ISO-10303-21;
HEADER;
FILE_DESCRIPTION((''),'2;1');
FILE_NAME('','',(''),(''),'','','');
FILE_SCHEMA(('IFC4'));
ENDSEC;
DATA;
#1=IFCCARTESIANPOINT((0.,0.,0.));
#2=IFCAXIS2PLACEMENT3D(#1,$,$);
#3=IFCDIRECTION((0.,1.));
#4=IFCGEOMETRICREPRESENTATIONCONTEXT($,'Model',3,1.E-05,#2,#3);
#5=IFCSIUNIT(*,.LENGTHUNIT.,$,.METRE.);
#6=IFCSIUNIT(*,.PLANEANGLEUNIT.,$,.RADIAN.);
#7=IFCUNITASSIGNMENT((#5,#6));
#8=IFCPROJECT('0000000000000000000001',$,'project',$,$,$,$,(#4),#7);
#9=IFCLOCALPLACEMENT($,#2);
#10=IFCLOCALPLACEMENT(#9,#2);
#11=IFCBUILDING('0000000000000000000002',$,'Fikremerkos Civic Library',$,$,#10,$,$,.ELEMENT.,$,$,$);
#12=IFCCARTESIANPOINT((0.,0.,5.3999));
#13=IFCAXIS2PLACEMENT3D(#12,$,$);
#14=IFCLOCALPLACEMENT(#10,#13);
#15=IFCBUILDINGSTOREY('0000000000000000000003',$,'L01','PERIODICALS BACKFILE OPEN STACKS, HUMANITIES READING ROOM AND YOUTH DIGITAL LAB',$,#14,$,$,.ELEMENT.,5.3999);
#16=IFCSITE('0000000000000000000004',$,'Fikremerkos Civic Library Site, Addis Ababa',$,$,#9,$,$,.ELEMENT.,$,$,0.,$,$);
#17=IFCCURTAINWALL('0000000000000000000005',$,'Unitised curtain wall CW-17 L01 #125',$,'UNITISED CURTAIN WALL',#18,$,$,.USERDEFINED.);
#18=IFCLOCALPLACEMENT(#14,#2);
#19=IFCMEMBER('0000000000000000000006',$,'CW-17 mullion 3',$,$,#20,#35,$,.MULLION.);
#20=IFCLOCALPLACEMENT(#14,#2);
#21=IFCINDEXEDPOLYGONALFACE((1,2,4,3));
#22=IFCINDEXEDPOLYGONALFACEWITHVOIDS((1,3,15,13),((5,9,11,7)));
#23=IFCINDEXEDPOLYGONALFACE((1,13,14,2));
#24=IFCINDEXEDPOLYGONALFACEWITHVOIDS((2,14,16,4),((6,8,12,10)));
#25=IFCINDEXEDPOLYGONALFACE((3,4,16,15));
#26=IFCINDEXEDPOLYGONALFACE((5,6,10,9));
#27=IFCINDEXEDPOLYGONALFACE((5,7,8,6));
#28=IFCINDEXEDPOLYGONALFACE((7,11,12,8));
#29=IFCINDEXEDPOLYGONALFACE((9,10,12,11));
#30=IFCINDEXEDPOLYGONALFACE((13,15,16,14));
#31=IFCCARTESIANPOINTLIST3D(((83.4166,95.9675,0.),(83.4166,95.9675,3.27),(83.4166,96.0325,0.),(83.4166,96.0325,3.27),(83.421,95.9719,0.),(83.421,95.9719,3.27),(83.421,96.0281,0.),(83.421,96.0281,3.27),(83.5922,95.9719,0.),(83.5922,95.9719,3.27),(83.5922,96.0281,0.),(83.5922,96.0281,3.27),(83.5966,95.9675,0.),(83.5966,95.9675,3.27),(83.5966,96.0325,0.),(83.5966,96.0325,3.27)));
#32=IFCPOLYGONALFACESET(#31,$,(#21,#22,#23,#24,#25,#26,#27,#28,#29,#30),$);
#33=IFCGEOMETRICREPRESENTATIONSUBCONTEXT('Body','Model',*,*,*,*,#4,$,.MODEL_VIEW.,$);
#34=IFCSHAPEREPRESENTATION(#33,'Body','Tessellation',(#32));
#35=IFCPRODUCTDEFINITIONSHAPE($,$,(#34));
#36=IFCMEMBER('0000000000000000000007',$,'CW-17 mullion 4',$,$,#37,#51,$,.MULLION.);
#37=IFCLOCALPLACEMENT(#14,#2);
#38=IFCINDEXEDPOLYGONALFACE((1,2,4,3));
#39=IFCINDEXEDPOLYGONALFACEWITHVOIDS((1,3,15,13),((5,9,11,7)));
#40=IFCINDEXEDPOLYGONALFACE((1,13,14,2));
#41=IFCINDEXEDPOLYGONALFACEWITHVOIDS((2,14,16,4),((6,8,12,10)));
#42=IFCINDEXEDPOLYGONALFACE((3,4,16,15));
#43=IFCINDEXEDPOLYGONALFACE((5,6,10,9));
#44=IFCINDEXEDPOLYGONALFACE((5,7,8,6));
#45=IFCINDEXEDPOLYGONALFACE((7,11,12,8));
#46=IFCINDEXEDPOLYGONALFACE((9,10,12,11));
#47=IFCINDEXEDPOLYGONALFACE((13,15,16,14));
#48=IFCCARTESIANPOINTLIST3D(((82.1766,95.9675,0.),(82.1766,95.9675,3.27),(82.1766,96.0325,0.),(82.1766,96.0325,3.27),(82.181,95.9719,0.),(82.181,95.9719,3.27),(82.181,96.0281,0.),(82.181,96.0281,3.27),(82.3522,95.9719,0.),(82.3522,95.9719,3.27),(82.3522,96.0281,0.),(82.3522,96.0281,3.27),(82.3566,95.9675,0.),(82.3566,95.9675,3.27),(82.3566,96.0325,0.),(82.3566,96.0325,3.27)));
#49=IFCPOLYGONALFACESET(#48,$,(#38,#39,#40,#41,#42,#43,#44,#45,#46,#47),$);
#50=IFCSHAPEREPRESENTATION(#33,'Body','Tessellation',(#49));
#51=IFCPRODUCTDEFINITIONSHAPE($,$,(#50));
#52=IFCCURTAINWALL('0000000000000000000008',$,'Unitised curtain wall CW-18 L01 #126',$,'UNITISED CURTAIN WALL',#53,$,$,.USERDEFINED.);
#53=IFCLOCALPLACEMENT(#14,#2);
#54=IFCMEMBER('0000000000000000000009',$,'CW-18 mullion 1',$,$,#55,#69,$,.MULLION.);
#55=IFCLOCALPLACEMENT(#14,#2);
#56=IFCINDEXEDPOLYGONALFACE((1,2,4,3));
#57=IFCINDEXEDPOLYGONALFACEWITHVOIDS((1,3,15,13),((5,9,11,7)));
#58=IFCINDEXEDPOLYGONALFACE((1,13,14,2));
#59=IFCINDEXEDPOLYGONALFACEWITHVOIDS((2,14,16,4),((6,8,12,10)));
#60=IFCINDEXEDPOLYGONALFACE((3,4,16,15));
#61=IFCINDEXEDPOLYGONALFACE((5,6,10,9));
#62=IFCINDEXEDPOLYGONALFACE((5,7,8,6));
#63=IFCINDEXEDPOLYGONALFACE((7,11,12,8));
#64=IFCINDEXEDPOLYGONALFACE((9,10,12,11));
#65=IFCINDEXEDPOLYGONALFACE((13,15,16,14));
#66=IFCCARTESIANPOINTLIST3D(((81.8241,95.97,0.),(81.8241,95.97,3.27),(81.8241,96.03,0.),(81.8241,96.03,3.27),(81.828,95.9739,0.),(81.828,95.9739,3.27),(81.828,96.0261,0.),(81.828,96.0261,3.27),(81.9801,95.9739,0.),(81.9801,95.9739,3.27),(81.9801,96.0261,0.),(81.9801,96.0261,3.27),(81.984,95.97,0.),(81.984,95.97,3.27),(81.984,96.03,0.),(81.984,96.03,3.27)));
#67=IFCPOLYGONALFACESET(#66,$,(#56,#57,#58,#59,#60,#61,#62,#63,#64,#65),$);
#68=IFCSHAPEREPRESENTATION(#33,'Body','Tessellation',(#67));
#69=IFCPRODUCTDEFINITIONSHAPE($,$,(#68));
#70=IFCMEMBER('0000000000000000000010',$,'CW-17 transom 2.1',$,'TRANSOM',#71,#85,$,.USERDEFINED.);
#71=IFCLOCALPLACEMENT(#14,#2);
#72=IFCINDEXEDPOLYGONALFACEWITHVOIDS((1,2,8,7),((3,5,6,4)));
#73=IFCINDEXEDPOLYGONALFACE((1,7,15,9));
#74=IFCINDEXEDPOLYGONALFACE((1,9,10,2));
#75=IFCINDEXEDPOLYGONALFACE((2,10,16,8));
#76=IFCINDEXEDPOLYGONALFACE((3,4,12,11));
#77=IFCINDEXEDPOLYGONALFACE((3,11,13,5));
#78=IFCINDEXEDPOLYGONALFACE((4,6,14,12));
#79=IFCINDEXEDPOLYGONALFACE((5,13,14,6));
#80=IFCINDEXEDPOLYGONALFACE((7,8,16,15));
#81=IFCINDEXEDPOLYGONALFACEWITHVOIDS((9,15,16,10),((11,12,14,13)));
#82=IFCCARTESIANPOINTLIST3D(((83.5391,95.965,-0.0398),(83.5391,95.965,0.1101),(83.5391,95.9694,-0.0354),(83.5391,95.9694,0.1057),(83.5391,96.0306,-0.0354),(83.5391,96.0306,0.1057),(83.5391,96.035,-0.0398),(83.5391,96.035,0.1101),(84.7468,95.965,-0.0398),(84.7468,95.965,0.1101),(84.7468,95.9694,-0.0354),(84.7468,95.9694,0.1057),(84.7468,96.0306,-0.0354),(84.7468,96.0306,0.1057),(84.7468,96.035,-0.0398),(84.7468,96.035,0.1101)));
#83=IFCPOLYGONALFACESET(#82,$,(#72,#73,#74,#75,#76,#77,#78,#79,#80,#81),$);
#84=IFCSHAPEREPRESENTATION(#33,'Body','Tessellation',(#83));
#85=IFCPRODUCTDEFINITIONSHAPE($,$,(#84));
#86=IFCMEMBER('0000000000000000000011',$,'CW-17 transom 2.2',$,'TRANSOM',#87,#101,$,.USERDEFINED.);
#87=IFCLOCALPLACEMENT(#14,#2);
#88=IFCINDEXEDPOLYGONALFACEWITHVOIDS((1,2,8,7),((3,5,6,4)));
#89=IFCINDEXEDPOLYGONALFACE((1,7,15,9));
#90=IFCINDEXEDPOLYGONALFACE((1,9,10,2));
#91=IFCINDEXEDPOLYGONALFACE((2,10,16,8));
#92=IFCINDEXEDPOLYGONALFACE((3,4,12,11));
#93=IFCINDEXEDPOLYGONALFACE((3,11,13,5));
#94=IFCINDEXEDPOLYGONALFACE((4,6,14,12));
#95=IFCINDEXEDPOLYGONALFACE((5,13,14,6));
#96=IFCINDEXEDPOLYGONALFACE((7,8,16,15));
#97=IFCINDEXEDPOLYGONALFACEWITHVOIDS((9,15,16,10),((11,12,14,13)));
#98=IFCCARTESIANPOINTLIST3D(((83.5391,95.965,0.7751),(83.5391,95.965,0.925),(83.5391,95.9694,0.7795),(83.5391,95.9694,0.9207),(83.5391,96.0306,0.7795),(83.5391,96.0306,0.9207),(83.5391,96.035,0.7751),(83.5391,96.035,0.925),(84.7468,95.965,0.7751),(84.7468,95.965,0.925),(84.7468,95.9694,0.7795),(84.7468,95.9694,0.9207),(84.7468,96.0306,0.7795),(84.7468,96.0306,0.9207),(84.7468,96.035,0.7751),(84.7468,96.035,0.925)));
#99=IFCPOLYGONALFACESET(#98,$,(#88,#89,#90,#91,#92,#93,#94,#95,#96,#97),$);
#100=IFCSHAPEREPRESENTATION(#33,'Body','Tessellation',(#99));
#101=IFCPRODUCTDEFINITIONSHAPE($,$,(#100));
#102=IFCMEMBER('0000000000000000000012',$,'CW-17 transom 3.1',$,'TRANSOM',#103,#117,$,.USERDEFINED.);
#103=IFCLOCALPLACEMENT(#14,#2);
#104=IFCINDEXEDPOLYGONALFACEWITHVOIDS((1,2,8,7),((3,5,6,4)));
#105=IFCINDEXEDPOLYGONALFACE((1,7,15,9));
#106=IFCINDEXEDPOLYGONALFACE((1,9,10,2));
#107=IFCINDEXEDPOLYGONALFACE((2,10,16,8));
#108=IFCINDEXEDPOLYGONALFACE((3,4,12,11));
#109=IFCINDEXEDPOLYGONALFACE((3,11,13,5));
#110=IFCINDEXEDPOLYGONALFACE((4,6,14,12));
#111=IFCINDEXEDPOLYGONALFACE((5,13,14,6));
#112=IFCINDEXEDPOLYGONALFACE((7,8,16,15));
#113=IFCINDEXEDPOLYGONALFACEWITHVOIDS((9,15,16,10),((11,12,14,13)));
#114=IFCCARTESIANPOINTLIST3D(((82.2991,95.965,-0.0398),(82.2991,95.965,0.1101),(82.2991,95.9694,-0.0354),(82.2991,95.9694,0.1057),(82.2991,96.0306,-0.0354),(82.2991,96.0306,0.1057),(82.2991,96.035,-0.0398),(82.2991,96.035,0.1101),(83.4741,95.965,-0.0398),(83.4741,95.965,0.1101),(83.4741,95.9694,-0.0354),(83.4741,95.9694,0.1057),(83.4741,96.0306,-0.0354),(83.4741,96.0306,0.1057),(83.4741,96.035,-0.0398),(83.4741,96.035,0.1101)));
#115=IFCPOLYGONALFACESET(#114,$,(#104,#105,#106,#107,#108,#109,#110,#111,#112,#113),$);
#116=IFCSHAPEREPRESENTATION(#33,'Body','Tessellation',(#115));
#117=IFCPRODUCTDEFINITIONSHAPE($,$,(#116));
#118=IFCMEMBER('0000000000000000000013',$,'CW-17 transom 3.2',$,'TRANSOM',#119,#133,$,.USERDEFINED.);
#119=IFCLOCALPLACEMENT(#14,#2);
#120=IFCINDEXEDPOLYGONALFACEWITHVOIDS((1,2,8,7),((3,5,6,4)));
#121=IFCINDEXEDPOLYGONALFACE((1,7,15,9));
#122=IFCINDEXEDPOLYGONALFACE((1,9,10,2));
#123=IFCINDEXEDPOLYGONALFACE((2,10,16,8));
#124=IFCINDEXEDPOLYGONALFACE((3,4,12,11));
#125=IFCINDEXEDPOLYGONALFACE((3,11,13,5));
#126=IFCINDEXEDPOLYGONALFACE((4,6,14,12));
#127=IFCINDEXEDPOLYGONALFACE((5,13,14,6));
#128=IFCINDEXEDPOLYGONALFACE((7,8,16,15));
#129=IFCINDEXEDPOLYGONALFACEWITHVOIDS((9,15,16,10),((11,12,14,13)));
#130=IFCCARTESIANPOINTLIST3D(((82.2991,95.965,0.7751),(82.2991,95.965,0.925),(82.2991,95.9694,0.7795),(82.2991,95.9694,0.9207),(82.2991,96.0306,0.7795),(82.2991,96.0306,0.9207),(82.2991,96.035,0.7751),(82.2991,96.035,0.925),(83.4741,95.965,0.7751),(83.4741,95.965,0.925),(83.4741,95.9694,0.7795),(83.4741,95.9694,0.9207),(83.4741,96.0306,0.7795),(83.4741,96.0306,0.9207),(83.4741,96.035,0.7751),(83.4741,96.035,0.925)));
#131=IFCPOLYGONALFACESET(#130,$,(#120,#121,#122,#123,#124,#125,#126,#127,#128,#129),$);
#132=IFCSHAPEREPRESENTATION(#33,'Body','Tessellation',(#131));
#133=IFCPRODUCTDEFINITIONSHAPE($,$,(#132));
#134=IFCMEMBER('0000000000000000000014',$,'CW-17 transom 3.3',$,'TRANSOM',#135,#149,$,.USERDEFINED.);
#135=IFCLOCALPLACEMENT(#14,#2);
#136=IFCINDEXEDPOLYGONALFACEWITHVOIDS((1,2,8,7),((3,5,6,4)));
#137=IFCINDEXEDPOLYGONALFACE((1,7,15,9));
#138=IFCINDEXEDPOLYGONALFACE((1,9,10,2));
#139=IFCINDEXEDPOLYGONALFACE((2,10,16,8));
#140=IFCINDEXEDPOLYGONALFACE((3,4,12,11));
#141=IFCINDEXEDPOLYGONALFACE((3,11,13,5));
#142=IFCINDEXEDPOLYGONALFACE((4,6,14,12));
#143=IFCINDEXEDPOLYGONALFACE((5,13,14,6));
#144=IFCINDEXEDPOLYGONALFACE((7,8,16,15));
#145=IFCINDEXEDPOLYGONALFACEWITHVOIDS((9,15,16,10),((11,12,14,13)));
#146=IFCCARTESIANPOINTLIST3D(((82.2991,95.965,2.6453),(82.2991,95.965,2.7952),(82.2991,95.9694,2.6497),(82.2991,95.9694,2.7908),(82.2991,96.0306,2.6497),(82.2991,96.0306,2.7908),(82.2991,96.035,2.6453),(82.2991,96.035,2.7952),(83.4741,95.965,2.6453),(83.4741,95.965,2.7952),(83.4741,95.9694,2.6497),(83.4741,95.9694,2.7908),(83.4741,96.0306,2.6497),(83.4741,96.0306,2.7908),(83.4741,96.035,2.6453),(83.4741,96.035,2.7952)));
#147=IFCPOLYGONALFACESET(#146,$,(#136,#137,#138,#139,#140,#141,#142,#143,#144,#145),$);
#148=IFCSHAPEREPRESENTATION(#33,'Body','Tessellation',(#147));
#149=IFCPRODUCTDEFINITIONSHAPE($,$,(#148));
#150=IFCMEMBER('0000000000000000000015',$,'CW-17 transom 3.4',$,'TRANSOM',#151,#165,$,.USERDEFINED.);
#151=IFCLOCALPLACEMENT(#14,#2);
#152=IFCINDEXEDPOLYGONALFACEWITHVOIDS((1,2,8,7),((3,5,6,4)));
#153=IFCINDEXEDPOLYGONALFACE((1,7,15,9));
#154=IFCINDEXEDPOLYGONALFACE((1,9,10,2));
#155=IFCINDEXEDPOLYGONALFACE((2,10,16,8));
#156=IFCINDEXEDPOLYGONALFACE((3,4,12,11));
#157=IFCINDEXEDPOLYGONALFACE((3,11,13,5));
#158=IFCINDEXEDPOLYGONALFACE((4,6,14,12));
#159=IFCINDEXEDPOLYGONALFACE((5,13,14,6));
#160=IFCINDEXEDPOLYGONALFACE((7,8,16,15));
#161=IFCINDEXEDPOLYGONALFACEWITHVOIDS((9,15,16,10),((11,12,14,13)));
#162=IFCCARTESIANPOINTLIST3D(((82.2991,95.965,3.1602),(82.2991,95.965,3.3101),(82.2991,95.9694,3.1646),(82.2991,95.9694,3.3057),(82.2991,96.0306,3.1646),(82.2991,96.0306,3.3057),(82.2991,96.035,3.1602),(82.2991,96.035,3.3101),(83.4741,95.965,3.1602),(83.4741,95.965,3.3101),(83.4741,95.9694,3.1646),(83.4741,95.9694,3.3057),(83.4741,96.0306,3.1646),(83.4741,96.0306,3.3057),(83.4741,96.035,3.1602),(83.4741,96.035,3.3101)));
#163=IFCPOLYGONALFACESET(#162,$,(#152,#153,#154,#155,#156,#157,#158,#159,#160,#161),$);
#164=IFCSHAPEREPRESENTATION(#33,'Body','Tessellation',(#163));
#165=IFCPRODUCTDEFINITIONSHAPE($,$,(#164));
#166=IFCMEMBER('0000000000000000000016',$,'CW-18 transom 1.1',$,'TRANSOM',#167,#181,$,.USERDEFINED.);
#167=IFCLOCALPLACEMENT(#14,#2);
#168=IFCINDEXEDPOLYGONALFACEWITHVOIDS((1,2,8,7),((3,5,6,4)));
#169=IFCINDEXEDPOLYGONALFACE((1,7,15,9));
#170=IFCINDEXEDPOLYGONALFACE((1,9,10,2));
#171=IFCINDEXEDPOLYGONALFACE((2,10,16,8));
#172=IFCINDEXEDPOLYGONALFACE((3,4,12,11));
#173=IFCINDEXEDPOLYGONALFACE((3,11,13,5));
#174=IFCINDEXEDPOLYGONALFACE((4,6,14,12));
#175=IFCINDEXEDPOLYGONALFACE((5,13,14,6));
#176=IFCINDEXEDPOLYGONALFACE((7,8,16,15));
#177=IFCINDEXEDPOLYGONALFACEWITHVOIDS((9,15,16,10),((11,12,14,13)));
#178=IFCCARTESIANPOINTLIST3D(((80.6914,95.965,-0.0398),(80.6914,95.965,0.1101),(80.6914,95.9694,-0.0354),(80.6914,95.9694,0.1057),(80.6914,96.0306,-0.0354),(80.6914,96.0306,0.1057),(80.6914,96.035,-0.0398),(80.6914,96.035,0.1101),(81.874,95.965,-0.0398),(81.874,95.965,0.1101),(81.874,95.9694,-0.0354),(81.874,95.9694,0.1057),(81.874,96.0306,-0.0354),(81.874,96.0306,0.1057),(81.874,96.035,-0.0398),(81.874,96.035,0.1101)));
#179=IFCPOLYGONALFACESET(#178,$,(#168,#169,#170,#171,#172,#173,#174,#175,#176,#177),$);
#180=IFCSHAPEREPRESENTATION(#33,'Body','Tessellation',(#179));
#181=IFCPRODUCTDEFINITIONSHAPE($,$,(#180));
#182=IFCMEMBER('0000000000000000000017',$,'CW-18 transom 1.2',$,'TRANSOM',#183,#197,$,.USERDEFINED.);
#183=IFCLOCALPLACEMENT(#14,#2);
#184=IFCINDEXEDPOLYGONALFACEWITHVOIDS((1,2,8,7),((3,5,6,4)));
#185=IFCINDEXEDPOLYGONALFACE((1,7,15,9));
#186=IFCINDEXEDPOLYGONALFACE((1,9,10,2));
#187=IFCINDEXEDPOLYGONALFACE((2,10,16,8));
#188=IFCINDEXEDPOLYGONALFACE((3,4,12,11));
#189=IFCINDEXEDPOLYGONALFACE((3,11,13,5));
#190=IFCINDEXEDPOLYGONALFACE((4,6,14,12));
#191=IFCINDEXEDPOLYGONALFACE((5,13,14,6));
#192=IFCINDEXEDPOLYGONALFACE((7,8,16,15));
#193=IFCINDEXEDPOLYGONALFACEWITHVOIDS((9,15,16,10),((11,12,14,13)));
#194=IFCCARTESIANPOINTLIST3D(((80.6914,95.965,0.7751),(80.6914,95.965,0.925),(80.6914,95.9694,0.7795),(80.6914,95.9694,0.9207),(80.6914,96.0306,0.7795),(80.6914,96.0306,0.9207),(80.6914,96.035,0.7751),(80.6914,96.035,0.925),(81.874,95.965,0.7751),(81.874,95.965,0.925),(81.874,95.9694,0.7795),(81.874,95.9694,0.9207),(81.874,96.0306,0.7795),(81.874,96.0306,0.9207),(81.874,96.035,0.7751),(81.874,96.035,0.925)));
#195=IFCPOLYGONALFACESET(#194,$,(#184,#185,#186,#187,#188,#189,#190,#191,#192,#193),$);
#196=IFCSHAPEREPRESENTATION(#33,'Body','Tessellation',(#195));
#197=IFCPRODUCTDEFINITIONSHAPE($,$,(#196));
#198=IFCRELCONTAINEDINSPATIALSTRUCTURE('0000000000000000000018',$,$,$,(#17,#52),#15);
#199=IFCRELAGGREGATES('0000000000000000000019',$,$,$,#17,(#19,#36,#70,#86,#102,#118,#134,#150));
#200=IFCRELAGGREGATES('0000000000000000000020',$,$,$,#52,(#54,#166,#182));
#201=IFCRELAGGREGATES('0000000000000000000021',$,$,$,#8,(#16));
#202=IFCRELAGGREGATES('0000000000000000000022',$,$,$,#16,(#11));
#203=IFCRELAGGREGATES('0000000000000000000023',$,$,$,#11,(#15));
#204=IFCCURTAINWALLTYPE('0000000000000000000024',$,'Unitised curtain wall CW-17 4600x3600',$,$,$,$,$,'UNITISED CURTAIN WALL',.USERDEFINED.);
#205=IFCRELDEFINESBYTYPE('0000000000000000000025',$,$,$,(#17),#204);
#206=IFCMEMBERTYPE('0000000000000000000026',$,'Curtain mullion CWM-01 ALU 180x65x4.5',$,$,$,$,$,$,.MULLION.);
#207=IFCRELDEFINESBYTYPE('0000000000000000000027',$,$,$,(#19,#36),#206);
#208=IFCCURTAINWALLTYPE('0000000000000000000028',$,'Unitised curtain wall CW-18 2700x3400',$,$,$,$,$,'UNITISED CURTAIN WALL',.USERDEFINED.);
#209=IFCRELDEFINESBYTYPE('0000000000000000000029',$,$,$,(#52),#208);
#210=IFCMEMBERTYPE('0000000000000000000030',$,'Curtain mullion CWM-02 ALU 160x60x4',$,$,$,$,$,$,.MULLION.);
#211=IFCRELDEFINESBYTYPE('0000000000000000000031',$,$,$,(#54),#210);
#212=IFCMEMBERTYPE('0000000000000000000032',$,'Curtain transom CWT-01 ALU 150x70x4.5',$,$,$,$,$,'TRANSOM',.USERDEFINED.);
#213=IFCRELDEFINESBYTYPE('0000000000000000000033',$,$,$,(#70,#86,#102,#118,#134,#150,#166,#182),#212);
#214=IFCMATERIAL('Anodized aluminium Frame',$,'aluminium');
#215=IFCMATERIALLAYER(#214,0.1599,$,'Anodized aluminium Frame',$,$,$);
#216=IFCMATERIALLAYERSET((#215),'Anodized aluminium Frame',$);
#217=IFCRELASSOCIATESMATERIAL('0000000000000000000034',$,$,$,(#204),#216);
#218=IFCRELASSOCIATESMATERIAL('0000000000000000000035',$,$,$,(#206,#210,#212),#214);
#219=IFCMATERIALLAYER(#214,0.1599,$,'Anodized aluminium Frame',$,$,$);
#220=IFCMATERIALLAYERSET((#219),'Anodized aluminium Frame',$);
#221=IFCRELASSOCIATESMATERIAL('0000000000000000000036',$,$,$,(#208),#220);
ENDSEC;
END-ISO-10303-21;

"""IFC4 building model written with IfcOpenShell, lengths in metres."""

from ifc_helpers import new_model, si_unit, direction, frame, origin, origin_2d, place, context, subcontext, project, spatial, hollow_rectangle, extrude, material, layer, layer_set, material_profile, profile_set, type_object, element, aggregate, save


model = new_model("IFC4")

# Units and contexts
model_context = context("Model", 3, precision=1e-05, world=origin(), true_north=direction((0.0, 1.0)))
body_context = subcontext(model_context, "Body", "Model", "MODEL_VIEW")
ifc_project = project(units=[si_unit("LENGTHUNIT", "METRE"), si_unit("PLANEANGLEUNIT", "RADIAN")], contexts=[model_context])

# Site, building, storey
site_placement = place(None, origin())
site = spatial("IfcSite", under=ifc_project, at=site_placement, Name="Fikremerkos Civic Library Site, Addis Ababa", CompositionType="ELEMENT", RefElevation=0.0)
building_placement = place(site_placement, origin())
building = spatial("IfcBuilding", under=site, at=building_placement, Name="Fikremerkos Civic Library", CompositionType="ELEMENT")
storey_placement = place(building_placement, frame((0.0, 0.0, 5.3999)))
storey = spatial("IfcBuildingStorey", under=building, at=storey_placement, Name="L01", Description="PERIODICALS BACKFILE OPEN STACKS, HUMANITIES READING ROOM AND YOUTH DIGITAL LAB", CompositionType="ELEMENT", Elevation=5.3999)

# Curtain wall, members
ifc_material_1 = material(Name="Anodized aluminium Frame", Category="aluminium")
ifc_layer_1 = layer(ifc_material_1, 0.1599, Name="Anodized aluminium Frame")
ifc_layer_set_1 = layer_set([ifc_layer_1], Name="Anodized aluminium Frame")
curtain_wall_type_1 = type_object("IfcCurtainWallType", Name="Unitised curtain wall CW-17 4600x3600", ElementType="UNITISED CURTAIN WALL", PredefinedType="USERDEFINED", material=ifc_layer_set_1)
curtain_wall_1_placement = place(storey_placement, origin())
curtain_wall_1 = element("IfcCurtainWall", 1, at=curtain_wall_1_placement, inside=storey, type_object=curtain_wall_type_1, Name="Unitised curtain wall CW-17 L01 #125", ObjectType="UNITISED CURTAIN WALL", PredefinedType="USERDEFINED")
ifc_material_profile_1 = material_profile(ifc_material_1, hollow_rectangle(XDim=0.0649, YDim=0.1799, WallThickness=0.0044, at=origin_2d()), Name="ALU 180x65x4.5")
ifc_profile_set_1 = profile_set([ifc_material_profile_1], Name="Anodized aluminium Frame")
member_type_1 = type_object("IfcMemberType", Name="Curtain mullion CWM-01 ALU 180x65x4.5", PredefinedType="MULLION", material=ifc_profile_set_1)
member_1_placement = place(storey_placement, frame((83.5066, 96.0, 0.0), z_axis=(0.0, 0.0, 1.0), x_axis=(0.0, -1.0, 0.0)))
member_1 = element("IfcMember", 2, at=member_1_placement, type_object=member_type_1, Name="CW-17 mullion 3", PredefinedType="MULLION", context=body_context, shape_type="SweptSolid", body=[
    extrude(hollow_rectangle(XDim=0.0649, YDim=0.1799, WallThickness=0.0044, at=origin_2d()), origin(), (0.0, 0.0, 1.0), 3.27),
])
member_2_placement = place(storey_placement, frame((82.2666, 96.0, 0.0), z_axis=(0.0, 0.0, 1.0), x_axis=(0.0, -1.0, 0.0)))
member_2 = element("IfcMember", 3, at=member_2_placement, type_object=member_type_1, Name="CW-17 mullion 4", PredefinedType="MULLION", context=body_context, shape_type="SweptSolid", body=[
    extrude(hollow_rectangle(XDim=0.0649, YDim=0.1799, WallThickness=0.0044, at=origin_2d()), origin(), (0.0, 0.0, 1.0), 3.27),
])

# Curtain wall, member
ifc_layer_2 = layer(ifc_material_1, 0.1599, Name="Anodized aluminium Frame")
ifc_layer_set_2 = layer_set([ifc_layer_2], Name="Anodized aluminium Frame")
curtain_wall_type_2 = type_object("IfcCurtainWallType", Name="Unitised curtain wall CW-18 2700x3400", ElementType="UNITISED CURTAIN WALL", PredefinedType="USERDEFINED", material=ifc_layer_set_2)
curtain_wall_2_placement = place(storey_placement, origin())
curtain_wall_2 = element("IfcCurtainWall", 4, at=curtain_wall_2_placement, inside=storey, type_object=curtain_wall_type_2, Name="Unitised curtain wall CW-18 L01 #126", ObjectType="UNITISED CURTAIN WALL", PredefinedType="USERDEFINED")
ifc_material_profile_2 = material_profile(ifc_material_1, hollow_rectangle(XDim=0.0601, YDim=0.1599, WallThickness=0.0039, at=origin_2d()), Name="ALU 160x60x4")
ifc_profile_set_2 = profile_set([ifc_material_profile_2], Name="Anodized aluminium Frame")
member_type_2 = type_object("IfcMemberType", Name="Curtain mullion CWM-02 ALU 160x60x4", PredefinedType="MULLION", material=ifc_profile_set_2)
member_3_placement = place(storey_placement, frame((81.9041, 96.0, 0.0), z_axis=(0.0, 0.0, 1.0), x_axis=(0.0, -1.0, 0.0)))
member_3 = element("IfcMember", 5, at=member_3_placement, type_object=member_type_2, Name="CW-18 mullion 1", PredefinedType="MULLION", context=body_context, shape_type="SweptSolid", body=[
    extrude(hollow_rectangle(XDim=0.0601, YDim=0.1599, WallThickness=0.0039, at=origin_2d()), origin(), (0.0, 0.0, 1.0), 3.27),
])

# Members
ifc_material_profile_3 = material_profile(ifc_material_1, hollow_rectangle(XDim=0.0701, YDim=0.1499, WallThickness=0.0044, at=origin_2d()), Name="ALU 150x70x4.5")
ifc_profile_set_3 = profile_set([ifc_material_profile_3], Name="Anodized aluminium Frame")
member_type_3 = type_object("IfcMemberType", Name="Curtain transom CWT-01 ALU 150x70x4.5", ElementType="TRANSOM", PredefinedType="USERDEFINED", material=ifc_profile_set_3)
member_4_placement = place(storey_placement, frame((84.7468, 96.0, 0.0352), z_axis=(-1.0, 0.0, 0.0), x_axis=(0.0, -1.0, 0.0)))
member_4 = element("IfcMember", 6, at=member_4_placement, type_object=member_type_3, Name="CW-17 transom 2.1", ObjectType="TRANSOM", PredefinedType="USERDEFINED", context=body_context, shape_type="SweptSolid", body=[
    extrude(hollow_rectangle(XDim=0.0701, YDim=0.1499, WallThickness=0.0044, at=origin_2d()), origin(), (0.0, 0.0, 1.0), 1.2078),
])
member_5_placement = place(storey_placement, frame((84.7468, 96.0, 0.8501), z_axis=(-1.0, 0.0, 0.0), x_axis=(0.0, -1.0, 0.0)))
member_5 = element("IfcMember", 7, at=member_5_placement, type_object=member_type_3, Name="CW-17 transom 2.2", ObjectType="TRANSOM", PredefinedType="USERDEFINED", context=body_context, shape_type="SweptSolid", body=[
    extrude(hollow_rectangle(XDim=0.0701, YDim=0.1499, WallThickness=0.0044, at=origin_2d()), origin(), (0.0, 0.0, 1.0), 1.2078),
])
member_6_placement = place(storey_placement, frame((83.4741, 96.0, 0.0352), z_axis=(-1.0, 0.0, 0.0), x_axis=(0.0, -1.0, 0.0)))
member_6 = element("IfcMember", 8, at=member_6_placement, type_object=member_type_3, Name="CW-17 transom 3.1", ObjectType="TRANSOM", PredefinedType="USERDEFINED", context=body_context, shape_type="SweptSolid", body=[
    extrude(hollow_rectangle(XDim=0.0701, YDim=0.1499, WallThickness=0.0044, at=origin_2d()), origin(), (0.0, 0.0, 1.0), 1.175),
])
member_7_placement = place(storey_placement, frame((83.4741, 96.0, 0.8501), z_axis=(-1.0, 0.0, 0.0), x_axis=(0.0, -1.0, 0.0)))
member_7 = element("IfcMember", 9, at=member_7_placement, type_object=member_type_3, Name="CW-17 transom 3.2", ObjectType="TRANSOM", PredefinedType="USERDEFINED", context=body_context, shape_type="SweptSolid", body=[
    extrude(hollow_rectangle(XDim=0.0701, YDim=0.1499, WallThickness=0.0044, at=origin_2d()), origin(), (0.0, 0.0, 1.0), 1.175),
])
member_8_placement = place(storey_placement, frame((83.4741, 96.0, 2.7202), z_axis=(-1.0, 0.0, 0.0), x_axis=(0.0, -1.0, 0.0)))
member_8 = element("IfcMember", 10, at=member_8_placement, type_object=member_type_3, Name="CW-17 transom 3.3", ObjectType="TRANSOM", PredefinedType="USERDEFINED", context=body_context, shape_type="SweptSolid", body=[
    extrude(hollow_rectangle(XDim=0.0701, YDim=0.1499, WallThickness=0.0044, at=origin_2d()), origin(), (0.0, 0.0, 1.0), 1.175),
])
member_9_placement = place(storey_placement, frame((83.4741, 96.0, 3.2351), z_axis=(-1.0, 0.0, 0.0), x_axis=(0.0, -1.0, 0.0)))
member_9 = element("IfcMember", 11, at=member_9_placement, type_object=member_type_3, Name="CW-17 transom 3.4", ObjectType="TRANSOM", PredefinedType="USERDEFINED", context=body_context, shape_type="SweptSolid", body=[
    extrude(hollow_rectangle(XDim=0.0701, YDim=0.1499, WallThickness=0.0044, at=origin_2d()), origin(), (0.0, 0.0, 1.0), 1.175),
])
member_10_placement = place(storey_placement, frame((81.874, 96.0, 0.0352), z_axis=(-1.0, 0.0, 0.0), x_axis=(0.0, -1.0, 0.0)))
member_10 = element("IfcMember", 12, at=member_10_placement, type_object=member_type_3, Name="CW-18 transom 1.1", ObjectType="TRANSOM", PredefinedType="USERDEFINED", context=body_context, shape_type="SweptSolid", body=[
    extrude(hollow_rectangle(XDim=0.0701, YDim=0.1499, WallThickness=0.0044, at=origin_2d()), origin(), (0.0, 0.0, 1.0), 1.1826),
])
member_11_placement = place(storey_placement, frame((81.874, 96.0, 0.8501), z_axis=(-1.0, 0.0, 0.0), x_axis=(0.0, -1.0, 0.0)))
member_11 = element("IfcMember", 13, at=member_11_placement, type_object=member_type_3, Name="CW-18 transom 1.2", ObjectType="TRANSOM", PredefinedType="USERDEFINED", context=body_context, shape_type="SweptSolid", body=[
    extrude(hollow_rectangle(XDim=0.0701, YDim=0.1499, WallThickness=0.0044, at=origin_2d()), origin(), (0.0, 0.0, 1.0), 1.1826),
])

aggregate(curtain_wall_1, [member_1, member_2, member_4, member_5, member_6, member_7, member_8, member_9])
aggregate(curtain_wall_2, [member_3, member_10, member_11])

save(model, "model.ifc")
